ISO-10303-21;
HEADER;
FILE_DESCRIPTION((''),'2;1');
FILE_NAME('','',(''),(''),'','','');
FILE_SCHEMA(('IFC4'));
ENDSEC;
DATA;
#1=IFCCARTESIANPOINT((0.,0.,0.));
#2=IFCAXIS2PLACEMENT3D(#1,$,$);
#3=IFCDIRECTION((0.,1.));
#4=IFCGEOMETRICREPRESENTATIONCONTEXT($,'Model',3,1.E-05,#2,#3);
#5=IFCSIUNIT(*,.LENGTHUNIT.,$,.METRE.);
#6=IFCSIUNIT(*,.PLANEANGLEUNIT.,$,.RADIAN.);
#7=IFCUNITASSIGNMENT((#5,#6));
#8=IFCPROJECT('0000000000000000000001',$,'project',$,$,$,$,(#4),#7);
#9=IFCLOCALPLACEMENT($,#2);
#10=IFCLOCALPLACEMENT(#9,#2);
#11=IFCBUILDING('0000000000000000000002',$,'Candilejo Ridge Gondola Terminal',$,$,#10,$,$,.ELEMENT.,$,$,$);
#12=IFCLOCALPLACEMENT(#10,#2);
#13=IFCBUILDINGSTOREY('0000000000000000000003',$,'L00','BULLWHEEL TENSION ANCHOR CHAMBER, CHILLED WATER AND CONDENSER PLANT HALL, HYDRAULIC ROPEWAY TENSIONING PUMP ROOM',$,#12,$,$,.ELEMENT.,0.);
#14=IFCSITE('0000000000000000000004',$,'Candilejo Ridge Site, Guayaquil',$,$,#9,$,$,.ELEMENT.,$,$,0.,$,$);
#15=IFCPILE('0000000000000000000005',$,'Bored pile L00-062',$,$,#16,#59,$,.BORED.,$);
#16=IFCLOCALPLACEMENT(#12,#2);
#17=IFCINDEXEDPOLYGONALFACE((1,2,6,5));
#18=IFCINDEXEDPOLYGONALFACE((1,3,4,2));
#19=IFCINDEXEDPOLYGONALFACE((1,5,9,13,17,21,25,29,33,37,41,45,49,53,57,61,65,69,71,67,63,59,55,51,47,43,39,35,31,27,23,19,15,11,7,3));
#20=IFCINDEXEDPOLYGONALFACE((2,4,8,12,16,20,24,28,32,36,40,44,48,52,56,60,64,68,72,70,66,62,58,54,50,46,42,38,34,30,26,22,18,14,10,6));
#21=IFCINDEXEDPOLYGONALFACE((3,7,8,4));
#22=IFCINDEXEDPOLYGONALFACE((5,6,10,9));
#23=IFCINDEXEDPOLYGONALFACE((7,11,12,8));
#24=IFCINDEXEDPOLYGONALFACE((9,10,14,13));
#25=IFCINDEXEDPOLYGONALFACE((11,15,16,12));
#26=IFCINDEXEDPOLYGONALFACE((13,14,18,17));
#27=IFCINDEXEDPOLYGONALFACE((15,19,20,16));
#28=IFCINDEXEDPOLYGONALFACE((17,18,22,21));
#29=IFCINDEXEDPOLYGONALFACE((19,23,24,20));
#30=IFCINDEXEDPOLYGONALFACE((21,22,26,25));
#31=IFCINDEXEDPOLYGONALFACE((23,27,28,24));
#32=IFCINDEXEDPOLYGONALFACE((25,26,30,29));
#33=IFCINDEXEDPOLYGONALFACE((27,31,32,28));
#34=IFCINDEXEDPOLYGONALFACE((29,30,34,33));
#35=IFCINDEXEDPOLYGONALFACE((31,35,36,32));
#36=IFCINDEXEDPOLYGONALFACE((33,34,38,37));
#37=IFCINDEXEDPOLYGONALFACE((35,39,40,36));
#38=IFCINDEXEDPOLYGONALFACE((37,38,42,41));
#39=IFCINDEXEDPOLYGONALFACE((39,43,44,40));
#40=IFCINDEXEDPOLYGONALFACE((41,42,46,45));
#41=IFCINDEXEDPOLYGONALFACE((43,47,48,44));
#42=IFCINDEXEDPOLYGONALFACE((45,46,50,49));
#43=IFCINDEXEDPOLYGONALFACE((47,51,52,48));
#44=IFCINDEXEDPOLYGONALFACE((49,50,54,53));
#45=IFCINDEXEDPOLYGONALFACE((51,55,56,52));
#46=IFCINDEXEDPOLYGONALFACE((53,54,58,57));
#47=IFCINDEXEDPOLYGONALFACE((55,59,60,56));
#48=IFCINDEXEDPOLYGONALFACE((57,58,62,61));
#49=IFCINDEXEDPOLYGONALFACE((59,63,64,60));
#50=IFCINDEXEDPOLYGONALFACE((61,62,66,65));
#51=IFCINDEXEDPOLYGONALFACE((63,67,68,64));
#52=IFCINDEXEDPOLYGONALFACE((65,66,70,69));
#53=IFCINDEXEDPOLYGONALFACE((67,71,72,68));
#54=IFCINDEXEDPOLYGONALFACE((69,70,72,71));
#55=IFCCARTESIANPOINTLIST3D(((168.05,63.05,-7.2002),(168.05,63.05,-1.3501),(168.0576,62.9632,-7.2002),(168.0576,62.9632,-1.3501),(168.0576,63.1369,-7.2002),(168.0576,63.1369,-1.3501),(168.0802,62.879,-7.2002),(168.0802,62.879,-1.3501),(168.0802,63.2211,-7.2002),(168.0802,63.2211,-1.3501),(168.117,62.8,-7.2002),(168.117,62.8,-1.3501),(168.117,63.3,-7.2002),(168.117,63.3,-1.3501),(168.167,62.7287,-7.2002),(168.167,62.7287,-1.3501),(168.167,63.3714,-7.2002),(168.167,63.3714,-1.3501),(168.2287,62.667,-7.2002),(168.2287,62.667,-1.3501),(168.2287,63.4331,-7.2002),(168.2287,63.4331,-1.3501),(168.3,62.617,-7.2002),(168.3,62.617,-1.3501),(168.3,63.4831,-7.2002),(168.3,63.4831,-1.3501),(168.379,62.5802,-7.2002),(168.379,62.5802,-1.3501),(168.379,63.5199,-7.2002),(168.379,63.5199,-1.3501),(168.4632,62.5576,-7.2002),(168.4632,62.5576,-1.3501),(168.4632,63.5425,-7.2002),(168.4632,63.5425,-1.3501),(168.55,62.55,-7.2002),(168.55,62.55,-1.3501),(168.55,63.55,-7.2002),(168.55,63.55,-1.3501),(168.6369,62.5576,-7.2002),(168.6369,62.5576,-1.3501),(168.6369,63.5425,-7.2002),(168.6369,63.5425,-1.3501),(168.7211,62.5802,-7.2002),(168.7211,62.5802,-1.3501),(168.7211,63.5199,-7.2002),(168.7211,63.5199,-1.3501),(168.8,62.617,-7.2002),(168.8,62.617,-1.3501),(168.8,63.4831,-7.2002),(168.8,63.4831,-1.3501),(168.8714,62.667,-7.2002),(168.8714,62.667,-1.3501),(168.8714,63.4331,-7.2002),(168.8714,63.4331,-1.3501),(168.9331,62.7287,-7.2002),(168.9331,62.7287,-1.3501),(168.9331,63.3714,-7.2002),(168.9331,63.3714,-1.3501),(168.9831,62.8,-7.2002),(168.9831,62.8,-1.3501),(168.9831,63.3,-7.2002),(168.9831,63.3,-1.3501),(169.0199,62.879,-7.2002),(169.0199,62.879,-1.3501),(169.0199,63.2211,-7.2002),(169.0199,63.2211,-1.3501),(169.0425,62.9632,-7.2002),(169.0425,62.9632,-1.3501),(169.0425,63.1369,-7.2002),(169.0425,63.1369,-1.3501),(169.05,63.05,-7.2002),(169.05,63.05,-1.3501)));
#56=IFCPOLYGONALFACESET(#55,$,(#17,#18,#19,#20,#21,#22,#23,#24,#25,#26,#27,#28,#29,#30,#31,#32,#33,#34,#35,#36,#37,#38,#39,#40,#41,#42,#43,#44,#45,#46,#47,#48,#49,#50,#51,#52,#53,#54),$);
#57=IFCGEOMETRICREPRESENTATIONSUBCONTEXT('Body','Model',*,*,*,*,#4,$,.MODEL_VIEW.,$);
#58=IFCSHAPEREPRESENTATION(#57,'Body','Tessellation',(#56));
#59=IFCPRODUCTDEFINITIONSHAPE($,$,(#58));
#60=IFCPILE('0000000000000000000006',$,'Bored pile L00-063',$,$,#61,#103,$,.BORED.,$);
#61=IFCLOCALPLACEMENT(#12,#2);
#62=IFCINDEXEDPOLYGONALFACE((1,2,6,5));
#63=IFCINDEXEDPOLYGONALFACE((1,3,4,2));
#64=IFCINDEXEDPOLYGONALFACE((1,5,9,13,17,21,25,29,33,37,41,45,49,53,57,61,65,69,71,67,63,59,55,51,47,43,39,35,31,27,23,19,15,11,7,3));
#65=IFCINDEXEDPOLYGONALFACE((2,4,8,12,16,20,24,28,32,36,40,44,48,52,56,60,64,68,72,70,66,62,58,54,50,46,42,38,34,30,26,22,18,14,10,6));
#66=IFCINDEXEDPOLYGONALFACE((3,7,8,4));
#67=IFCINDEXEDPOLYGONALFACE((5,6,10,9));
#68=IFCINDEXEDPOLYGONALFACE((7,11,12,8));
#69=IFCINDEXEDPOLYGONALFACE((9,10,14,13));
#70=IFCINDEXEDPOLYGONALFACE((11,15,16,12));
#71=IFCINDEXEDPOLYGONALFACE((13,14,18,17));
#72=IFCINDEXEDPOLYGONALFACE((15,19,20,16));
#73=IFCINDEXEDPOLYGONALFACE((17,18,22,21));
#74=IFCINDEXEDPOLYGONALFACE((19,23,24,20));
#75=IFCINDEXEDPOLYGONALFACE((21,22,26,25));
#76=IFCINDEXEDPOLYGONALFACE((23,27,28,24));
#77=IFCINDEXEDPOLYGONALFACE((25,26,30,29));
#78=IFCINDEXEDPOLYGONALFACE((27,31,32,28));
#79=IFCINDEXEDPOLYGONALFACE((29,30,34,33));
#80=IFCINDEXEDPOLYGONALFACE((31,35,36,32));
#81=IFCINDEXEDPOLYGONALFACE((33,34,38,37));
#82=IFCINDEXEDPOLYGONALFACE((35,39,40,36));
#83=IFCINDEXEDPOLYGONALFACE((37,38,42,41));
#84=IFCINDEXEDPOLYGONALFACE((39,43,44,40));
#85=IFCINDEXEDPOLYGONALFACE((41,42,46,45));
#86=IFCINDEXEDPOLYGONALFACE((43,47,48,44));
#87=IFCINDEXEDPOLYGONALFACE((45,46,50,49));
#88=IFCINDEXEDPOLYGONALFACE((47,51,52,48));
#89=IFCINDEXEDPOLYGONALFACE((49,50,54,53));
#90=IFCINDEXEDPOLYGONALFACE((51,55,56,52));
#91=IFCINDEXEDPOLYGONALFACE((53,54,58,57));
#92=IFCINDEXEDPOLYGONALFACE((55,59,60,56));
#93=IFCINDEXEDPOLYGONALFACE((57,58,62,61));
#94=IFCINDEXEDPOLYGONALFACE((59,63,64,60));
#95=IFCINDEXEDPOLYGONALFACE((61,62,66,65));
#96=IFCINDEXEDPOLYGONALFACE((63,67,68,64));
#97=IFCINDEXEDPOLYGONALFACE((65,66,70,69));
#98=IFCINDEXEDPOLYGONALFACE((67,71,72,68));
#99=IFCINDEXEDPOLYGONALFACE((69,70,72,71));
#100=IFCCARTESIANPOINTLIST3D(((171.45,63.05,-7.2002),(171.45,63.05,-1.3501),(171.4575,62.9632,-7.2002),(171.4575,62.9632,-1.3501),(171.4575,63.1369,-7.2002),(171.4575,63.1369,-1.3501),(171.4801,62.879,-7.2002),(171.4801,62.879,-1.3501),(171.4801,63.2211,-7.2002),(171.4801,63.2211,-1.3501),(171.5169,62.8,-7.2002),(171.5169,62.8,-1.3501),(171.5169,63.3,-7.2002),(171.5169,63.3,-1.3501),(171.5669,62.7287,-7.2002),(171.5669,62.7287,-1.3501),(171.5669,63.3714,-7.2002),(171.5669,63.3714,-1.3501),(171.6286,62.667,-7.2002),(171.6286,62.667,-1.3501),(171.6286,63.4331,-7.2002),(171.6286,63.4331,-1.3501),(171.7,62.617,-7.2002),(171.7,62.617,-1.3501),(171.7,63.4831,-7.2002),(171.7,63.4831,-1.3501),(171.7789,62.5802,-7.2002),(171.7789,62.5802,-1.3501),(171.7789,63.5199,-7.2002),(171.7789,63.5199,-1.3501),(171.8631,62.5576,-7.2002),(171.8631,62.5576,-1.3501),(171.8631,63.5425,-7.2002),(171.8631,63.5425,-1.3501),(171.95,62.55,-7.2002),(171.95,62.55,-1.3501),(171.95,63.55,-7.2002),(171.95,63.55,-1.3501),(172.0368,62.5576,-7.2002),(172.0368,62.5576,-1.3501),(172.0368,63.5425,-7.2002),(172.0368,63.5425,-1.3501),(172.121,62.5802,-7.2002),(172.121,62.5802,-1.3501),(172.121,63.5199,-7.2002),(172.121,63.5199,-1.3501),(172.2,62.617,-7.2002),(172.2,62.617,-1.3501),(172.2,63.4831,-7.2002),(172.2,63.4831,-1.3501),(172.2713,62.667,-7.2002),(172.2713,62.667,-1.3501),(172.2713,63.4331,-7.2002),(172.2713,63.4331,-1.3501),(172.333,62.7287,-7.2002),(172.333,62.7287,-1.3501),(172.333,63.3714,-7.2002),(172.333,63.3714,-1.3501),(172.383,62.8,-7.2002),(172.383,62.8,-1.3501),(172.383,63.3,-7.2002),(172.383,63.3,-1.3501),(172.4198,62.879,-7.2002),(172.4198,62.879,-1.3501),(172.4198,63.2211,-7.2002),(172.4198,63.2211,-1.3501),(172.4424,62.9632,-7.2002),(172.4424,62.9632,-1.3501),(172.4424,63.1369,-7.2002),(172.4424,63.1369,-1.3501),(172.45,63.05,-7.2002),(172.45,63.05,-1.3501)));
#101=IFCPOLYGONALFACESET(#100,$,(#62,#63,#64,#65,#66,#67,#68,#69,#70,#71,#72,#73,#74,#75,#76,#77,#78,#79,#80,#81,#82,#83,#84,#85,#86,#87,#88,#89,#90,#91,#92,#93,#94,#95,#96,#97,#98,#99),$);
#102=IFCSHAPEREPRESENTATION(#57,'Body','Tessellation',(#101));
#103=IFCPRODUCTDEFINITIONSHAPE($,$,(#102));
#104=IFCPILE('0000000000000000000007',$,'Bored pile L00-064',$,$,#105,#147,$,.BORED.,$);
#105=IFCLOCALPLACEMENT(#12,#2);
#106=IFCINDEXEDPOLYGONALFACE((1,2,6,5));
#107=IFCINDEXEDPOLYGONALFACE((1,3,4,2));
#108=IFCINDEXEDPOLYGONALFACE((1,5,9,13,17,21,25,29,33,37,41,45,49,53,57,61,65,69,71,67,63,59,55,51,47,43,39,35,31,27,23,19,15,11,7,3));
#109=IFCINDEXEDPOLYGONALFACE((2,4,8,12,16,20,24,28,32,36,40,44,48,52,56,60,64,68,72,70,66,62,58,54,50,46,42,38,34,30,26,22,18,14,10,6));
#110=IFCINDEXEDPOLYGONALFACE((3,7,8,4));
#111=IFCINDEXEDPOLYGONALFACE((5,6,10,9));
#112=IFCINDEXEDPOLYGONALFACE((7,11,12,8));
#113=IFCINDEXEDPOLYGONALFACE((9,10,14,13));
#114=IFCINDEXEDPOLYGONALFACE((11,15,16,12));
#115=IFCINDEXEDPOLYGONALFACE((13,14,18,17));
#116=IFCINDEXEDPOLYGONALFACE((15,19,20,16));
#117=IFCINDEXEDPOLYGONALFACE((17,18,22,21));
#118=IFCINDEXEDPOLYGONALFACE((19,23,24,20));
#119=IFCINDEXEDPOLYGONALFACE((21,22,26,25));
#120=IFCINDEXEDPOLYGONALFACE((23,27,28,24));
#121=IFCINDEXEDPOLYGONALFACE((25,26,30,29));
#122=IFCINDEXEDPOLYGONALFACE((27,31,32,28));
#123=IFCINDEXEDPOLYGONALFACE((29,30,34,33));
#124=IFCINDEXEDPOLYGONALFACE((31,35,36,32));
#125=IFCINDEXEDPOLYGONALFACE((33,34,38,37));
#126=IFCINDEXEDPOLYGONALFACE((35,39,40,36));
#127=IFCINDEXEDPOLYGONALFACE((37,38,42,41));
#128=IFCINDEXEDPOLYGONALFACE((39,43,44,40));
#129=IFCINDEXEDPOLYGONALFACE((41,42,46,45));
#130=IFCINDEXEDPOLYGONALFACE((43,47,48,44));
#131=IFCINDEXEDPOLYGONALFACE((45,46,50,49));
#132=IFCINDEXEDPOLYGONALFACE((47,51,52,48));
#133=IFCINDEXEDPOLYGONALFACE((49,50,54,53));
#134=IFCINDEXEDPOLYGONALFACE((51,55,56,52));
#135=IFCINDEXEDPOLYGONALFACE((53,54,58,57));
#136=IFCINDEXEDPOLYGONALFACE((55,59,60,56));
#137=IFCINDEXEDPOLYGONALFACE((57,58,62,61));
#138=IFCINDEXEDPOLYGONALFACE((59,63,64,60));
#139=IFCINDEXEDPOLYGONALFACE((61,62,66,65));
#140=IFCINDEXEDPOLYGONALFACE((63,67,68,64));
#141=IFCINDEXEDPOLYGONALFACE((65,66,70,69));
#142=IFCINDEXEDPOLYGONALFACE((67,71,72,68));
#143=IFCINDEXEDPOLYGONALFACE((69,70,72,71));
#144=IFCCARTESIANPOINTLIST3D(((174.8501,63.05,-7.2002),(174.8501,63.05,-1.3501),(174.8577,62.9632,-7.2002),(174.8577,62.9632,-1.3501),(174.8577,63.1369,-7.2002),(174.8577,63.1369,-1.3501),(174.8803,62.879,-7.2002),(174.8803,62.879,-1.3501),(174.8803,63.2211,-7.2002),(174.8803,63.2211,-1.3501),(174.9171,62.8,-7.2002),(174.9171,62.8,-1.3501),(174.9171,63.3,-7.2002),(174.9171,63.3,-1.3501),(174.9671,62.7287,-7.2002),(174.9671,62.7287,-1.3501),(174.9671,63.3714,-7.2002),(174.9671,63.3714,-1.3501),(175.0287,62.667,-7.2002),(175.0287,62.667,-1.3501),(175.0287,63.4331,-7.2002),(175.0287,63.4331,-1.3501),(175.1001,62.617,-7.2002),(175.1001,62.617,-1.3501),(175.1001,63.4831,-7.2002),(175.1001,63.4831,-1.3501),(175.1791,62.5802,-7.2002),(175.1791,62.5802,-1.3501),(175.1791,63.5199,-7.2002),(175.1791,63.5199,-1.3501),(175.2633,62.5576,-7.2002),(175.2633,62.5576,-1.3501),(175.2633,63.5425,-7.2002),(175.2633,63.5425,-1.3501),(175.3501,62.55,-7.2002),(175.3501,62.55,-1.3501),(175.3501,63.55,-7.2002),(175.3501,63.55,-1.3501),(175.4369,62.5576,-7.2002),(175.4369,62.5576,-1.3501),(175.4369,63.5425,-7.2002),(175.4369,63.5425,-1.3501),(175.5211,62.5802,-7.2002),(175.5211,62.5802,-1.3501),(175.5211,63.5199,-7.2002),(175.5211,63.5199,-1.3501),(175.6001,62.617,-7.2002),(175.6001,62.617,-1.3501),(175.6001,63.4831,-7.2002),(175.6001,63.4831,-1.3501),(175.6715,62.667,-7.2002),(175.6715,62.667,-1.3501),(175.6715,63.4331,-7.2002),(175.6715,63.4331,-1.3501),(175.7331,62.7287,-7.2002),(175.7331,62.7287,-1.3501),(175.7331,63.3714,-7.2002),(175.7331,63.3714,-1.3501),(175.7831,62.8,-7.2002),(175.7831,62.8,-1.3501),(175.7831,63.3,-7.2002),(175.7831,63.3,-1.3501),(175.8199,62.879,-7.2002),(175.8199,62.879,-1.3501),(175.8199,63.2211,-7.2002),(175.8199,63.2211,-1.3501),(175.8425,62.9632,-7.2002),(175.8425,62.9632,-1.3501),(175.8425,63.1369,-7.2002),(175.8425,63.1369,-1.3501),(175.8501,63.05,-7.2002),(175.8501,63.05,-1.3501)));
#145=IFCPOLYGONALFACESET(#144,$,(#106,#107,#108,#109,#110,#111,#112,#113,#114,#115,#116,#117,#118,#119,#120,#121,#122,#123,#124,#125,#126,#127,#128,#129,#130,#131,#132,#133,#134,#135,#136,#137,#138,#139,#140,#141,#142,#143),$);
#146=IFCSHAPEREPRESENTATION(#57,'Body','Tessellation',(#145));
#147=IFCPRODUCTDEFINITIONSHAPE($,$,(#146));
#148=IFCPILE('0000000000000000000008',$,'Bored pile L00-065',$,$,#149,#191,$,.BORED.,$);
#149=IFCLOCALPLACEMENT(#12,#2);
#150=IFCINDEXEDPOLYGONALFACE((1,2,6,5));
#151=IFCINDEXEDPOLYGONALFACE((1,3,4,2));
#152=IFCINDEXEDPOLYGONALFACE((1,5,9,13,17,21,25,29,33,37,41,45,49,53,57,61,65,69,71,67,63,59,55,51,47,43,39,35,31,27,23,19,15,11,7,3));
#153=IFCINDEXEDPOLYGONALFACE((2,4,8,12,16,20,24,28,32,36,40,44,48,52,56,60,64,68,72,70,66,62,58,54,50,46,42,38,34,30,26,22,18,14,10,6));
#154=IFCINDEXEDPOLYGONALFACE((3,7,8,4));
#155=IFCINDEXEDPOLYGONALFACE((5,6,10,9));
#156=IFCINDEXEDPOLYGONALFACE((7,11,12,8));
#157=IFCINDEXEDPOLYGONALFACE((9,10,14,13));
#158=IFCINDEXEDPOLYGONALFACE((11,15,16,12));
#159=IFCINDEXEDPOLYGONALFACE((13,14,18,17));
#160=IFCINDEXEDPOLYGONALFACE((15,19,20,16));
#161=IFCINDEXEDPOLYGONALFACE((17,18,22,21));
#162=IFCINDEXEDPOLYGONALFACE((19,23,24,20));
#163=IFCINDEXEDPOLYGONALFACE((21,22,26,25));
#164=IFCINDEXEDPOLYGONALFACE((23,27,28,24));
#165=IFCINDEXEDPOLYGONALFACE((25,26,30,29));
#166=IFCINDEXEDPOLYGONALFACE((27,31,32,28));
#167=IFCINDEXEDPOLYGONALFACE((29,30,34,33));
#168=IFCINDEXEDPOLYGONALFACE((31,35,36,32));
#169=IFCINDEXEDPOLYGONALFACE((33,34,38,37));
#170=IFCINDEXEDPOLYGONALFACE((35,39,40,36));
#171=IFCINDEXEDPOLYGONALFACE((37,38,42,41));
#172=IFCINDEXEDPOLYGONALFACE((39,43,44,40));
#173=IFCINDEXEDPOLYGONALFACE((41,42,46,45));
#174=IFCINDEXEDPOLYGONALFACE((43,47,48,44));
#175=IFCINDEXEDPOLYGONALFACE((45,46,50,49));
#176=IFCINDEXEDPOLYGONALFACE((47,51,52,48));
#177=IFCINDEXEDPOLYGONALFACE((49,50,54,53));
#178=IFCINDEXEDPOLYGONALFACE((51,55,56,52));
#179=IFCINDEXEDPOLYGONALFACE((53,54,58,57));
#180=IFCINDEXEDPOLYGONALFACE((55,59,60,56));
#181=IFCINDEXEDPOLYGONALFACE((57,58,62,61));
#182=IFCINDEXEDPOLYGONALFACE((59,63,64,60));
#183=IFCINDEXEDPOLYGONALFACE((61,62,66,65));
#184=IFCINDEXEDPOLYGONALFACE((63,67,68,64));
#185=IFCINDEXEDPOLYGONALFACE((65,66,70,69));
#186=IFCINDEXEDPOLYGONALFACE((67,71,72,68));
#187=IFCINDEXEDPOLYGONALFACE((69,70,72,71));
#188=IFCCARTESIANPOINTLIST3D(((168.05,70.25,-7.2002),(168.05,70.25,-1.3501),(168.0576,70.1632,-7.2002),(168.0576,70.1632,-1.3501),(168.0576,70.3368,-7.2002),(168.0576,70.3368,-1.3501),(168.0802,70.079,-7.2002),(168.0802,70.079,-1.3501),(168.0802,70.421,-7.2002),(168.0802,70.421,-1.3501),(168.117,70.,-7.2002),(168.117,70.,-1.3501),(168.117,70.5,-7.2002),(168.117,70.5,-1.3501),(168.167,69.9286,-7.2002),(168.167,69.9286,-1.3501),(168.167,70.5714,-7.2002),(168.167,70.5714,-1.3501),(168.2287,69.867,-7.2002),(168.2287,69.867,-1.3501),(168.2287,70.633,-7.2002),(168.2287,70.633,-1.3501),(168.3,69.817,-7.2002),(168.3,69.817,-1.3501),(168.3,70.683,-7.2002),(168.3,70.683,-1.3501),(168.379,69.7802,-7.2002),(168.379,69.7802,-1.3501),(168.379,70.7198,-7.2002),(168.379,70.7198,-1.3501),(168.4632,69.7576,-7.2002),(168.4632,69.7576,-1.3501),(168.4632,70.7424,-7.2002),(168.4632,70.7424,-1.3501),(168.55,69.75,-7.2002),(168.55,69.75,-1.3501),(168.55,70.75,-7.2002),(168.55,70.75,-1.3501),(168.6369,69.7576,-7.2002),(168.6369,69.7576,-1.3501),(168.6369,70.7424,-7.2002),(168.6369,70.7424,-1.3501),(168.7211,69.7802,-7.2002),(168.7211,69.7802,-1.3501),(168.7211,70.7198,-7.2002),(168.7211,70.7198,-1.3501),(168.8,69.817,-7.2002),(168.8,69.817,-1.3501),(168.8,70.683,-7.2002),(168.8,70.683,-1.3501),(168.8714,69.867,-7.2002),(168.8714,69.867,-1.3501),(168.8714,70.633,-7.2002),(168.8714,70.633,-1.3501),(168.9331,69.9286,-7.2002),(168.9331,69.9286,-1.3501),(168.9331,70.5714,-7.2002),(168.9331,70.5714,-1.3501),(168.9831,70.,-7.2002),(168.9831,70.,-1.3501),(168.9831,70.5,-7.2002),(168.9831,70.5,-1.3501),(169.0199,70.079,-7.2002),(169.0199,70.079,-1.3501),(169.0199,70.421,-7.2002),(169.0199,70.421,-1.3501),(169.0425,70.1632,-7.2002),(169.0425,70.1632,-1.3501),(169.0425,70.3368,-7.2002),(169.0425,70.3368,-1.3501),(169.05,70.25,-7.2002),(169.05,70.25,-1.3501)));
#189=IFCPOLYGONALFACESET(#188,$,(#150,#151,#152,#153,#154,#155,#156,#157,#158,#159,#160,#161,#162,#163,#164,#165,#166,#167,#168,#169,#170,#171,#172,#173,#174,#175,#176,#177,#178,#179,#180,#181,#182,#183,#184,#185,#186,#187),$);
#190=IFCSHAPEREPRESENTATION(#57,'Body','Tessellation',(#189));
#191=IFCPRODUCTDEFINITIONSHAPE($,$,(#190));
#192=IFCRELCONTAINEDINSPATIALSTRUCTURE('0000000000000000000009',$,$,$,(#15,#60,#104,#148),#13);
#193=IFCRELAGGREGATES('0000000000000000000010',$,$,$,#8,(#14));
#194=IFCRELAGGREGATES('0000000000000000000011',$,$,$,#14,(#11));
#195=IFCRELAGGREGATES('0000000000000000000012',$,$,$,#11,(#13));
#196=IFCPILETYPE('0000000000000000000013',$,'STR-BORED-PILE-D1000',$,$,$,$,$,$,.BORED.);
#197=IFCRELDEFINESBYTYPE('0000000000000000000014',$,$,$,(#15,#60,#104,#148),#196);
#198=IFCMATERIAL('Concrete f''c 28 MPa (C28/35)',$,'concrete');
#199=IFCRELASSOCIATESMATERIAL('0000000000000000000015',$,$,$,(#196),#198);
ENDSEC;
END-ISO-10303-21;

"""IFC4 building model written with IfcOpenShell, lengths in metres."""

from ifc_helpers import new_model, si_unit, direction, frame, origin, origin_2d, place, context, subcontext, project, spatial, circle, extrude, material, material_profile, profile_set, type_object, element, save


model = new_model("IFC4")

# Units and contexts
model_context = context("Model", 3, precision=1e-05, world=origin(), true_north=direction((0.0, 1.0)))
body_context = subcontext(model_context, "Body", "Model", "MODEL_VIEW")
ifc_project = project(units=[si_unit("LENGTHUNIT", "METRE"), si_unit("PLANEANGLEUNIT", "RADIAN")], contexts=[model_context])

# Site, building, storey
site_placement = place(None, origin())
site = spatial("IfcSite", under=ifc_project, at=site_placement, Name="Candilejo Ridge Site, Guayaquil", CompositionType="ELEMENT", RefElevation=0.0)
building_placement = place(site_placement, origin())
building = spatial("IfcBuilding", under=site, at=building_placement, Name="Candilejo Ridge Gondola Terminal", CompositionType="ELEMENT")
storey_placement = place(building_placement, origin())
storey = spatial("IfcBuildingStorey", under=building, at=storey_placement, Name="L00", Description="BULLWHEEL TENSION ANCHOR CHAMBER, CHILLED WATER AND CONDENSER PLANT HALL, HYDRAULIC ROPEWAY TENSIONING PUMP ROOM", CompositionType="ELEMENT", Elevation=0.0)

# Piles
ifc_material_1 = material(Name="Concrete f'c 28 MPa (C28/35)", Category="concrete")
ifc_material_profile_1 = material_profile(ifc_material_1, circle(Radius=0.5, at=origin_2d()))
ifc_profile_set_1 = profile_set([ifc_material_profile_1], Name="Concrete f'c 28 MPa (C28/35)")
pile_type = type_object("IfcPileType", Name="STR-BORED-PILE-D1000", PredefinedType="BORED", material=ifc_profile_set_1)
for number, where, z_axis, x_axis, name in (
    (1, (168.55, 63.05, -1.3501), (0.0, 0.0, -1.0), (1.0, 0.0, 0.0), "Bored pile L00-062"),
    (2, (171.95, 63.05, -1.3501), (0.0, 0.0, -1.0), (1.0, 0.0, 0.0), "Bored pile L00-063"),
    (3, (175.3501, 63.05, -1.3501), (0.0, 0.0, -1.0), (1.0, 0.0, 0.0), "Bored pile L00-064"),
    (4, (168.55, 70.25, -1.3501), (0.0, 0.0, -1.0), (1.0, 0.0, 0.0), "Bored pile L00-065"),
):
    element("IfcPile", number, at=place(storey_placement, frame(where, z_axis=z_axis, x_axis=x_axis)), inside=storey, type_object=pile_type, Name=name, PredefinedType="BORED", context=body_context, shape_type="SweptSolid", body=[
        extrude(circle(Radius=0.5, at=origin_2d()), origin(), (0.0, 0.0, 1.0), 5.8501),
    ])

save(model, "model.ifc")
